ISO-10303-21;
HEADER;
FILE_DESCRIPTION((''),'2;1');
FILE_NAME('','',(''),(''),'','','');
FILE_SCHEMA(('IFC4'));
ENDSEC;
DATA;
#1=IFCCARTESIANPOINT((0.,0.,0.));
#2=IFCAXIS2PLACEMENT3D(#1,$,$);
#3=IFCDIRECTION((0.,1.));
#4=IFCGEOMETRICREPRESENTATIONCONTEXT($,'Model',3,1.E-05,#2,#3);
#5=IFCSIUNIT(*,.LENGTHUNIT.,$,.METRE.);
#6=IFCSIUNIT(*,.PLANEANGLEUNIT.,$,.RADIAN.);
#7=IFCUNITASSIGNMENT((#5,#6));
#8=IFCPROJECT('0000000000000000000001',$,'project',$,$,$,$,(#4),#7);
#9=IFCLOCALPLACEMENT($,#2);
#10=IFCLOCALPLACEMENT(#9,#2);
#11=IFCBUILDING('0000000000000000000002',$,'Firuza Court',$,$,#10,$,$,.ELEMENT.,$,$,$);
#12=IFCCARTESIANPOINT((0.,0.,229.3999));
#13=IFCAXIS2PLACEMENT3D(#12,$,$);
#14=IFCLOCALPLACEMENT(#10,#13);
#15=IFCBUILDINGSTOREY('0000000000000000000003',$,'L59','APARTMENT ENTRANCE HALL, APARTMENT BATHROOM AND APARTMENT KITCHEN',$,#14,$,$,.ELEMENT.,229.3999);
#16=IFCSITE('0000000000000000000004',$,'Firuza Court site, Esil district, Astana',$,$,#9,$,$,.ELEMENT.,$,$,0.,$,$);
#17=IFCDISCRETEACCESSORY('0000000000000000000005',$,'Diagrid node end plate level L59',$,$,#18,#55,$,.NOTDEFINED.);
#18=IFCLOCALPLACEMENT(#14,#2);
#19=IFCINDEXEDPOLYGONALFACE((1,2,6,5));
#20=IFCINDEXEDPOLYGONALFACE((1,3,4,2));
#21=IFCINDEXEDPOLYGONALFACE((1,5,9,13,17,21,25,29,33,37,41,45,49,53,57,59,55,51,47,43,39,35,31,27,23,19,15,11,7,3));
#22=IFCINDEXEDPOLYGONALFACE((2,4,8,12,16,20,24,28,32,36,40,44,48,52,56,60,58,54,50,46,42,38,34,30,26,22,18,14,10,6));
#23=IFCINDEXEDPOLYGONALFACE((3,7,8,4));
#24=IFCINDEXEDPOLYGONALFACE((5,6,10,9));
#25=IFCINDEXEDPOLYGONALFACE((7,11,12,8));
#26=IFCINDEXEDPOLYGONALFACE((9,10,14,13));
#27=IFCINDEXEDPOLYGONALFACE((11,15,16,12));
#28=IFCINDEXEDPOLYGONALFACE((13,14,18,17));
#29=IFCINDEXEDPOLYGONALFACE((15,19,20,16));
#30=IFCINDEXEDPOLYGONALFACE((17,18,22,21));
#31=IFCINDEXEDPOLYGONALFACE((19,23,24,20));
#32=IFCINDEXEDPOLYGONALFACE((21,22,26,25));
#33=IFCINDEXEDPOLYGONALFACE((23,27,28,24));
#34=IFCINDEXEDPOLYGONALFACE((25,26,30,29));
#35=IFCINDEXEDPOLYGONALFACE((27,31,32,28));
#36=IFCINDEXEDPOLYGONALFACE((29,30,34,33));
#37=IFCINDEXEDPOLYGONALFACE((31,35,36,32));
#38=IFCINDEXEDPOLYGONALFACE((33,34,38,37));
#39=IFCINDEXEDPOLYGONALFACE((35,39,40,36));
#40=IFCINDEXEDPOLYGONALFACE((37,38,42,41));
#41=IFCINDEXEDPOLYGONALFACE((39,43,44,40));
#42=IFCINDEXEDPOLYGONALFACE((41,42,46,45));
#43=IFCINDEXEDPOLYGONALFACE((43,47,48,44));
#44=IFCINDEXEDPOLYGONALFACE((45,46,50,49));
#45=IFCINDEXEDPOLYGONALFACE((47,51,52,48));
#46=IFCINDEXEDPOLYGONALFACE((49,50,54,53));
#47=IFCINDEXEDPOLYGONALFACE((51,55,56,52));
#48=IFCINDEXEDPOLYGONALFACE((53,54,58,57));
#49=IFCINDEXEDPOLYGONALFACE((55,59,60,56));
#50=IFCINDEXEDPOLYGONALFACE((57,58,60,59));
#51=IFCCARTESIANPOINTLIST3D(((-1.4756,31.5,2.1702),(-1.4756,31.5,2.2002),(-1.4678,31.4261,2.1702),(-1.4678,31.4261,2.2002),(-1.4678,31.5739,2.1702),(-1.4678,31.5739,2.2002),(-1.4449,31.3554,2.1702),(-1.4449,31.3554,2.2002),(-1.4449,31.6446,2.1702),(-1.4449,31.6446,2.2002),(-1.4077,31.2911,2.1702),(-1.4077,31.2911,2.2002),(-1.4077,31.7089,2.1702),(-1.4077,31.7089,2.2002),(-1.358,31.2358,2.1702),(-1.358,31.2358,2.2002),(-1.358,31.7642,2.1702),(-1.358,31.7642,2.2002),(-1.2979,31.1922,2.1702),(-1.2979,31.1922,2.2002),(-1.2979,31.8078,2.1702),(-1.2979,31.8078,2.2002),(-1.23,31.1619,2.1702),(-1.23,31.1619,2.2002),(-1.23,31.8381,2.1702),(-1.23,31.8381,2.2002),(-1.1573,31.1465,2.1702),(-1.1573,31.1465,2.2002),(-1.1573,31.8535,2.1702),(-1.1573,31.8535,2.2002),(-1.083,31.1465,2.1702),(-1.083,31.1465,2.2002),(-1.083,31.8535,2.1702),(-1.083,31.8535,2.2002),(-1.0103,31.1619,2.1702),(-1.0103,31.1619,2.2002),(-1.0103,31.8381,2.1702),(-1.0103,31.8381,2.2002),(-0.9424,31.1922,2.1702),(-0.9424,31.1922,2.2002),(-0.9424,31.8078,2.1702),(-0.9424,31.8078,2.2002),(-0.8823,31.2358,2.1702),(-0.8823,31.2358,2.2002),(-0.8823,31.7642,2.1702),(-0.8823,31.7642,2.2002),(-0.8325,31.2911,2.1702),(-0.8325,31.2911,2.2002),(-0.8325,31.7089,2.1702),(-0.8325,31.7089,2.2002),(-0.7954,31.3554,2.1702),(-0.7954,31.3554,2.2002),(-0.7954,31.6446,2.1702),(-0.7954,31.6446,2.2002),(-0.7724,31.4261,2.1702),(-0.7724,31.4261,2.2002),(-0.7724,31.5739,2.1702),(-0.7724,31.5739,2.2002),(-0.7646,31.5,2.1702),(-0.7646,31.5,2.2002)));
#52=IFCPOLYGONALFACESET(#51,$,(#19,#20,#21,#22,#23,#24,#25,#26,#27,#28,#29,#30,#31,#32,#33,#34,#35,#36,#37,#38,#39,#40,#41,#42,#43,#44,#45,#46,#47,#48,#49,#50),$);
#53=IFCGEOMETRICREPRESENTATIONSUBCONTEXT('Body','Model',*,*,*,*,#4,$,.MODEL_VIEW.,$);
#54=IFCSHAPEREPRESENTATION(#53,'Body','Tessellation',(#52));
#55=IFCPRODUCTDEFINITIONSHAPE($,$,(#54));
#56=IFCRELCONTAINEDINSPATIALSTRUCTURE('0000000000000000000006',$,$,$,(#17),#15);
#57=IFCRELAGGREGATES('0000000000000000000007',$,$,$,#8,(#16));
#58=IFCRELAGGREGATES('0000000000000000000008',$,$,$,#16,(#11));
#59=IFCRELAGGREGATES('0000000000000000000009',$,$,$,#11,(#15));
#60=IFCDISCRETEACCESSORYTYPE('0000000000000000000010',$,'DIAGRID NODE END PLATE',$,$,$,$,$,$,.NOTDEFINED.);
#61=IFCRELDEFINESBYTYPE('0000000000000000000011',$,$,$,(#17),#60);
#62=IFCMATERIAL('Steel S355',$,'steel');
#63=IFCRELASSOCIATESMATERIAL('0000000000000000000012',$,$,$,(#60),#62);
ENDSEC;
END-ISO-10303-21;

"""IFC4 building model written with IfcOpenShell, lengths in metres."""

from ifc_helpers import new_model, si_unit, direction, frame, origin, origin_2d, place, context, subcontext, project, spatial, circle, extrude, material, material_profile, profile_set, type_object, element, save


model = new_model("IFC4")

# Units and contexts
model_context = context("Model", 3, precision=1e-05, world=origin(), true_north=direction((0.0, 1.0)))
body_context = subcontext(model_context, "Body", "Model", "MODEL_VIEW")
ifc_project = project(units=[si_unit("LENGTHUNIT", "METRE"), si_unit("PLANEANGLEUNIT", "RADIAN")], contexts=[model_context])

# Site, building, storey
site_placement = place(None, origin())
site = spatial("IfcSite", under=ifc_project, at=site_placement, Name="Firuza Court site, Esil district, Astana", CompositionType="ELEMENT", RefElevation=0.0)
building_placement = place(site_placement, origin())
building = spatial("IfcBuilding", under=site, at=building_placement, Name="Firuza Court", CompositionType="ELEMENT")
storey_placement = place(building_placement, frame((0.0, 0.0, 229.3999)))
storey = spatial("IfcBuildingStorey", under=building, at=storey_placement, Name="L59", Description="APARTMENT ENTRANCE HALL, APARTMENT BATHROOM AND APARTMENT KITCHEN", CompositionType="ELEMENT", Elevation=229.3999)

# Discrete accessory
ifc_material_1 = material(Name="Steel S355", Category="steel")
ifc_material_profile_1 = material_profile(ifc_material_1, circle(Radius=0.3555, at=origin_2d()), Name="PL D711")
ifc_profile_set_1 = profile_set([ifc_material_profile_1], Name="Steel S355")
discrete_accessory_type = type_object("IfcDiscreteAccessoryType", Name="DIAGRID NODE END PLATE", PredefinedType="NOTDEFINED", material=ifc_profile_set_1)
for number, where, z_axis, x_axis, name in (
    (1, (-1.1201, 31.5, 2.1702), (0.0, 0.0, 1.0), (1.0, 0.0, 0.0), "Diagrid node end plate level L59"),
):
    element("IfcDiscreteAccessory", number, at=place(storey_placement, frame(where, z_axis=z_axis, x_axis=x_axis)), inside=storey, type_object=discrete_accessory_type, Name=name, PredefinedType="NOTDEFINED", context=body_context, shape_type="SweptSolid", body=[
        extrude(circle(Radius=0.3555, at=origin_2d()), origin(), (0.0, 0.0, 1.0), 0.03),
    ])

save(model, "model.ifc")
